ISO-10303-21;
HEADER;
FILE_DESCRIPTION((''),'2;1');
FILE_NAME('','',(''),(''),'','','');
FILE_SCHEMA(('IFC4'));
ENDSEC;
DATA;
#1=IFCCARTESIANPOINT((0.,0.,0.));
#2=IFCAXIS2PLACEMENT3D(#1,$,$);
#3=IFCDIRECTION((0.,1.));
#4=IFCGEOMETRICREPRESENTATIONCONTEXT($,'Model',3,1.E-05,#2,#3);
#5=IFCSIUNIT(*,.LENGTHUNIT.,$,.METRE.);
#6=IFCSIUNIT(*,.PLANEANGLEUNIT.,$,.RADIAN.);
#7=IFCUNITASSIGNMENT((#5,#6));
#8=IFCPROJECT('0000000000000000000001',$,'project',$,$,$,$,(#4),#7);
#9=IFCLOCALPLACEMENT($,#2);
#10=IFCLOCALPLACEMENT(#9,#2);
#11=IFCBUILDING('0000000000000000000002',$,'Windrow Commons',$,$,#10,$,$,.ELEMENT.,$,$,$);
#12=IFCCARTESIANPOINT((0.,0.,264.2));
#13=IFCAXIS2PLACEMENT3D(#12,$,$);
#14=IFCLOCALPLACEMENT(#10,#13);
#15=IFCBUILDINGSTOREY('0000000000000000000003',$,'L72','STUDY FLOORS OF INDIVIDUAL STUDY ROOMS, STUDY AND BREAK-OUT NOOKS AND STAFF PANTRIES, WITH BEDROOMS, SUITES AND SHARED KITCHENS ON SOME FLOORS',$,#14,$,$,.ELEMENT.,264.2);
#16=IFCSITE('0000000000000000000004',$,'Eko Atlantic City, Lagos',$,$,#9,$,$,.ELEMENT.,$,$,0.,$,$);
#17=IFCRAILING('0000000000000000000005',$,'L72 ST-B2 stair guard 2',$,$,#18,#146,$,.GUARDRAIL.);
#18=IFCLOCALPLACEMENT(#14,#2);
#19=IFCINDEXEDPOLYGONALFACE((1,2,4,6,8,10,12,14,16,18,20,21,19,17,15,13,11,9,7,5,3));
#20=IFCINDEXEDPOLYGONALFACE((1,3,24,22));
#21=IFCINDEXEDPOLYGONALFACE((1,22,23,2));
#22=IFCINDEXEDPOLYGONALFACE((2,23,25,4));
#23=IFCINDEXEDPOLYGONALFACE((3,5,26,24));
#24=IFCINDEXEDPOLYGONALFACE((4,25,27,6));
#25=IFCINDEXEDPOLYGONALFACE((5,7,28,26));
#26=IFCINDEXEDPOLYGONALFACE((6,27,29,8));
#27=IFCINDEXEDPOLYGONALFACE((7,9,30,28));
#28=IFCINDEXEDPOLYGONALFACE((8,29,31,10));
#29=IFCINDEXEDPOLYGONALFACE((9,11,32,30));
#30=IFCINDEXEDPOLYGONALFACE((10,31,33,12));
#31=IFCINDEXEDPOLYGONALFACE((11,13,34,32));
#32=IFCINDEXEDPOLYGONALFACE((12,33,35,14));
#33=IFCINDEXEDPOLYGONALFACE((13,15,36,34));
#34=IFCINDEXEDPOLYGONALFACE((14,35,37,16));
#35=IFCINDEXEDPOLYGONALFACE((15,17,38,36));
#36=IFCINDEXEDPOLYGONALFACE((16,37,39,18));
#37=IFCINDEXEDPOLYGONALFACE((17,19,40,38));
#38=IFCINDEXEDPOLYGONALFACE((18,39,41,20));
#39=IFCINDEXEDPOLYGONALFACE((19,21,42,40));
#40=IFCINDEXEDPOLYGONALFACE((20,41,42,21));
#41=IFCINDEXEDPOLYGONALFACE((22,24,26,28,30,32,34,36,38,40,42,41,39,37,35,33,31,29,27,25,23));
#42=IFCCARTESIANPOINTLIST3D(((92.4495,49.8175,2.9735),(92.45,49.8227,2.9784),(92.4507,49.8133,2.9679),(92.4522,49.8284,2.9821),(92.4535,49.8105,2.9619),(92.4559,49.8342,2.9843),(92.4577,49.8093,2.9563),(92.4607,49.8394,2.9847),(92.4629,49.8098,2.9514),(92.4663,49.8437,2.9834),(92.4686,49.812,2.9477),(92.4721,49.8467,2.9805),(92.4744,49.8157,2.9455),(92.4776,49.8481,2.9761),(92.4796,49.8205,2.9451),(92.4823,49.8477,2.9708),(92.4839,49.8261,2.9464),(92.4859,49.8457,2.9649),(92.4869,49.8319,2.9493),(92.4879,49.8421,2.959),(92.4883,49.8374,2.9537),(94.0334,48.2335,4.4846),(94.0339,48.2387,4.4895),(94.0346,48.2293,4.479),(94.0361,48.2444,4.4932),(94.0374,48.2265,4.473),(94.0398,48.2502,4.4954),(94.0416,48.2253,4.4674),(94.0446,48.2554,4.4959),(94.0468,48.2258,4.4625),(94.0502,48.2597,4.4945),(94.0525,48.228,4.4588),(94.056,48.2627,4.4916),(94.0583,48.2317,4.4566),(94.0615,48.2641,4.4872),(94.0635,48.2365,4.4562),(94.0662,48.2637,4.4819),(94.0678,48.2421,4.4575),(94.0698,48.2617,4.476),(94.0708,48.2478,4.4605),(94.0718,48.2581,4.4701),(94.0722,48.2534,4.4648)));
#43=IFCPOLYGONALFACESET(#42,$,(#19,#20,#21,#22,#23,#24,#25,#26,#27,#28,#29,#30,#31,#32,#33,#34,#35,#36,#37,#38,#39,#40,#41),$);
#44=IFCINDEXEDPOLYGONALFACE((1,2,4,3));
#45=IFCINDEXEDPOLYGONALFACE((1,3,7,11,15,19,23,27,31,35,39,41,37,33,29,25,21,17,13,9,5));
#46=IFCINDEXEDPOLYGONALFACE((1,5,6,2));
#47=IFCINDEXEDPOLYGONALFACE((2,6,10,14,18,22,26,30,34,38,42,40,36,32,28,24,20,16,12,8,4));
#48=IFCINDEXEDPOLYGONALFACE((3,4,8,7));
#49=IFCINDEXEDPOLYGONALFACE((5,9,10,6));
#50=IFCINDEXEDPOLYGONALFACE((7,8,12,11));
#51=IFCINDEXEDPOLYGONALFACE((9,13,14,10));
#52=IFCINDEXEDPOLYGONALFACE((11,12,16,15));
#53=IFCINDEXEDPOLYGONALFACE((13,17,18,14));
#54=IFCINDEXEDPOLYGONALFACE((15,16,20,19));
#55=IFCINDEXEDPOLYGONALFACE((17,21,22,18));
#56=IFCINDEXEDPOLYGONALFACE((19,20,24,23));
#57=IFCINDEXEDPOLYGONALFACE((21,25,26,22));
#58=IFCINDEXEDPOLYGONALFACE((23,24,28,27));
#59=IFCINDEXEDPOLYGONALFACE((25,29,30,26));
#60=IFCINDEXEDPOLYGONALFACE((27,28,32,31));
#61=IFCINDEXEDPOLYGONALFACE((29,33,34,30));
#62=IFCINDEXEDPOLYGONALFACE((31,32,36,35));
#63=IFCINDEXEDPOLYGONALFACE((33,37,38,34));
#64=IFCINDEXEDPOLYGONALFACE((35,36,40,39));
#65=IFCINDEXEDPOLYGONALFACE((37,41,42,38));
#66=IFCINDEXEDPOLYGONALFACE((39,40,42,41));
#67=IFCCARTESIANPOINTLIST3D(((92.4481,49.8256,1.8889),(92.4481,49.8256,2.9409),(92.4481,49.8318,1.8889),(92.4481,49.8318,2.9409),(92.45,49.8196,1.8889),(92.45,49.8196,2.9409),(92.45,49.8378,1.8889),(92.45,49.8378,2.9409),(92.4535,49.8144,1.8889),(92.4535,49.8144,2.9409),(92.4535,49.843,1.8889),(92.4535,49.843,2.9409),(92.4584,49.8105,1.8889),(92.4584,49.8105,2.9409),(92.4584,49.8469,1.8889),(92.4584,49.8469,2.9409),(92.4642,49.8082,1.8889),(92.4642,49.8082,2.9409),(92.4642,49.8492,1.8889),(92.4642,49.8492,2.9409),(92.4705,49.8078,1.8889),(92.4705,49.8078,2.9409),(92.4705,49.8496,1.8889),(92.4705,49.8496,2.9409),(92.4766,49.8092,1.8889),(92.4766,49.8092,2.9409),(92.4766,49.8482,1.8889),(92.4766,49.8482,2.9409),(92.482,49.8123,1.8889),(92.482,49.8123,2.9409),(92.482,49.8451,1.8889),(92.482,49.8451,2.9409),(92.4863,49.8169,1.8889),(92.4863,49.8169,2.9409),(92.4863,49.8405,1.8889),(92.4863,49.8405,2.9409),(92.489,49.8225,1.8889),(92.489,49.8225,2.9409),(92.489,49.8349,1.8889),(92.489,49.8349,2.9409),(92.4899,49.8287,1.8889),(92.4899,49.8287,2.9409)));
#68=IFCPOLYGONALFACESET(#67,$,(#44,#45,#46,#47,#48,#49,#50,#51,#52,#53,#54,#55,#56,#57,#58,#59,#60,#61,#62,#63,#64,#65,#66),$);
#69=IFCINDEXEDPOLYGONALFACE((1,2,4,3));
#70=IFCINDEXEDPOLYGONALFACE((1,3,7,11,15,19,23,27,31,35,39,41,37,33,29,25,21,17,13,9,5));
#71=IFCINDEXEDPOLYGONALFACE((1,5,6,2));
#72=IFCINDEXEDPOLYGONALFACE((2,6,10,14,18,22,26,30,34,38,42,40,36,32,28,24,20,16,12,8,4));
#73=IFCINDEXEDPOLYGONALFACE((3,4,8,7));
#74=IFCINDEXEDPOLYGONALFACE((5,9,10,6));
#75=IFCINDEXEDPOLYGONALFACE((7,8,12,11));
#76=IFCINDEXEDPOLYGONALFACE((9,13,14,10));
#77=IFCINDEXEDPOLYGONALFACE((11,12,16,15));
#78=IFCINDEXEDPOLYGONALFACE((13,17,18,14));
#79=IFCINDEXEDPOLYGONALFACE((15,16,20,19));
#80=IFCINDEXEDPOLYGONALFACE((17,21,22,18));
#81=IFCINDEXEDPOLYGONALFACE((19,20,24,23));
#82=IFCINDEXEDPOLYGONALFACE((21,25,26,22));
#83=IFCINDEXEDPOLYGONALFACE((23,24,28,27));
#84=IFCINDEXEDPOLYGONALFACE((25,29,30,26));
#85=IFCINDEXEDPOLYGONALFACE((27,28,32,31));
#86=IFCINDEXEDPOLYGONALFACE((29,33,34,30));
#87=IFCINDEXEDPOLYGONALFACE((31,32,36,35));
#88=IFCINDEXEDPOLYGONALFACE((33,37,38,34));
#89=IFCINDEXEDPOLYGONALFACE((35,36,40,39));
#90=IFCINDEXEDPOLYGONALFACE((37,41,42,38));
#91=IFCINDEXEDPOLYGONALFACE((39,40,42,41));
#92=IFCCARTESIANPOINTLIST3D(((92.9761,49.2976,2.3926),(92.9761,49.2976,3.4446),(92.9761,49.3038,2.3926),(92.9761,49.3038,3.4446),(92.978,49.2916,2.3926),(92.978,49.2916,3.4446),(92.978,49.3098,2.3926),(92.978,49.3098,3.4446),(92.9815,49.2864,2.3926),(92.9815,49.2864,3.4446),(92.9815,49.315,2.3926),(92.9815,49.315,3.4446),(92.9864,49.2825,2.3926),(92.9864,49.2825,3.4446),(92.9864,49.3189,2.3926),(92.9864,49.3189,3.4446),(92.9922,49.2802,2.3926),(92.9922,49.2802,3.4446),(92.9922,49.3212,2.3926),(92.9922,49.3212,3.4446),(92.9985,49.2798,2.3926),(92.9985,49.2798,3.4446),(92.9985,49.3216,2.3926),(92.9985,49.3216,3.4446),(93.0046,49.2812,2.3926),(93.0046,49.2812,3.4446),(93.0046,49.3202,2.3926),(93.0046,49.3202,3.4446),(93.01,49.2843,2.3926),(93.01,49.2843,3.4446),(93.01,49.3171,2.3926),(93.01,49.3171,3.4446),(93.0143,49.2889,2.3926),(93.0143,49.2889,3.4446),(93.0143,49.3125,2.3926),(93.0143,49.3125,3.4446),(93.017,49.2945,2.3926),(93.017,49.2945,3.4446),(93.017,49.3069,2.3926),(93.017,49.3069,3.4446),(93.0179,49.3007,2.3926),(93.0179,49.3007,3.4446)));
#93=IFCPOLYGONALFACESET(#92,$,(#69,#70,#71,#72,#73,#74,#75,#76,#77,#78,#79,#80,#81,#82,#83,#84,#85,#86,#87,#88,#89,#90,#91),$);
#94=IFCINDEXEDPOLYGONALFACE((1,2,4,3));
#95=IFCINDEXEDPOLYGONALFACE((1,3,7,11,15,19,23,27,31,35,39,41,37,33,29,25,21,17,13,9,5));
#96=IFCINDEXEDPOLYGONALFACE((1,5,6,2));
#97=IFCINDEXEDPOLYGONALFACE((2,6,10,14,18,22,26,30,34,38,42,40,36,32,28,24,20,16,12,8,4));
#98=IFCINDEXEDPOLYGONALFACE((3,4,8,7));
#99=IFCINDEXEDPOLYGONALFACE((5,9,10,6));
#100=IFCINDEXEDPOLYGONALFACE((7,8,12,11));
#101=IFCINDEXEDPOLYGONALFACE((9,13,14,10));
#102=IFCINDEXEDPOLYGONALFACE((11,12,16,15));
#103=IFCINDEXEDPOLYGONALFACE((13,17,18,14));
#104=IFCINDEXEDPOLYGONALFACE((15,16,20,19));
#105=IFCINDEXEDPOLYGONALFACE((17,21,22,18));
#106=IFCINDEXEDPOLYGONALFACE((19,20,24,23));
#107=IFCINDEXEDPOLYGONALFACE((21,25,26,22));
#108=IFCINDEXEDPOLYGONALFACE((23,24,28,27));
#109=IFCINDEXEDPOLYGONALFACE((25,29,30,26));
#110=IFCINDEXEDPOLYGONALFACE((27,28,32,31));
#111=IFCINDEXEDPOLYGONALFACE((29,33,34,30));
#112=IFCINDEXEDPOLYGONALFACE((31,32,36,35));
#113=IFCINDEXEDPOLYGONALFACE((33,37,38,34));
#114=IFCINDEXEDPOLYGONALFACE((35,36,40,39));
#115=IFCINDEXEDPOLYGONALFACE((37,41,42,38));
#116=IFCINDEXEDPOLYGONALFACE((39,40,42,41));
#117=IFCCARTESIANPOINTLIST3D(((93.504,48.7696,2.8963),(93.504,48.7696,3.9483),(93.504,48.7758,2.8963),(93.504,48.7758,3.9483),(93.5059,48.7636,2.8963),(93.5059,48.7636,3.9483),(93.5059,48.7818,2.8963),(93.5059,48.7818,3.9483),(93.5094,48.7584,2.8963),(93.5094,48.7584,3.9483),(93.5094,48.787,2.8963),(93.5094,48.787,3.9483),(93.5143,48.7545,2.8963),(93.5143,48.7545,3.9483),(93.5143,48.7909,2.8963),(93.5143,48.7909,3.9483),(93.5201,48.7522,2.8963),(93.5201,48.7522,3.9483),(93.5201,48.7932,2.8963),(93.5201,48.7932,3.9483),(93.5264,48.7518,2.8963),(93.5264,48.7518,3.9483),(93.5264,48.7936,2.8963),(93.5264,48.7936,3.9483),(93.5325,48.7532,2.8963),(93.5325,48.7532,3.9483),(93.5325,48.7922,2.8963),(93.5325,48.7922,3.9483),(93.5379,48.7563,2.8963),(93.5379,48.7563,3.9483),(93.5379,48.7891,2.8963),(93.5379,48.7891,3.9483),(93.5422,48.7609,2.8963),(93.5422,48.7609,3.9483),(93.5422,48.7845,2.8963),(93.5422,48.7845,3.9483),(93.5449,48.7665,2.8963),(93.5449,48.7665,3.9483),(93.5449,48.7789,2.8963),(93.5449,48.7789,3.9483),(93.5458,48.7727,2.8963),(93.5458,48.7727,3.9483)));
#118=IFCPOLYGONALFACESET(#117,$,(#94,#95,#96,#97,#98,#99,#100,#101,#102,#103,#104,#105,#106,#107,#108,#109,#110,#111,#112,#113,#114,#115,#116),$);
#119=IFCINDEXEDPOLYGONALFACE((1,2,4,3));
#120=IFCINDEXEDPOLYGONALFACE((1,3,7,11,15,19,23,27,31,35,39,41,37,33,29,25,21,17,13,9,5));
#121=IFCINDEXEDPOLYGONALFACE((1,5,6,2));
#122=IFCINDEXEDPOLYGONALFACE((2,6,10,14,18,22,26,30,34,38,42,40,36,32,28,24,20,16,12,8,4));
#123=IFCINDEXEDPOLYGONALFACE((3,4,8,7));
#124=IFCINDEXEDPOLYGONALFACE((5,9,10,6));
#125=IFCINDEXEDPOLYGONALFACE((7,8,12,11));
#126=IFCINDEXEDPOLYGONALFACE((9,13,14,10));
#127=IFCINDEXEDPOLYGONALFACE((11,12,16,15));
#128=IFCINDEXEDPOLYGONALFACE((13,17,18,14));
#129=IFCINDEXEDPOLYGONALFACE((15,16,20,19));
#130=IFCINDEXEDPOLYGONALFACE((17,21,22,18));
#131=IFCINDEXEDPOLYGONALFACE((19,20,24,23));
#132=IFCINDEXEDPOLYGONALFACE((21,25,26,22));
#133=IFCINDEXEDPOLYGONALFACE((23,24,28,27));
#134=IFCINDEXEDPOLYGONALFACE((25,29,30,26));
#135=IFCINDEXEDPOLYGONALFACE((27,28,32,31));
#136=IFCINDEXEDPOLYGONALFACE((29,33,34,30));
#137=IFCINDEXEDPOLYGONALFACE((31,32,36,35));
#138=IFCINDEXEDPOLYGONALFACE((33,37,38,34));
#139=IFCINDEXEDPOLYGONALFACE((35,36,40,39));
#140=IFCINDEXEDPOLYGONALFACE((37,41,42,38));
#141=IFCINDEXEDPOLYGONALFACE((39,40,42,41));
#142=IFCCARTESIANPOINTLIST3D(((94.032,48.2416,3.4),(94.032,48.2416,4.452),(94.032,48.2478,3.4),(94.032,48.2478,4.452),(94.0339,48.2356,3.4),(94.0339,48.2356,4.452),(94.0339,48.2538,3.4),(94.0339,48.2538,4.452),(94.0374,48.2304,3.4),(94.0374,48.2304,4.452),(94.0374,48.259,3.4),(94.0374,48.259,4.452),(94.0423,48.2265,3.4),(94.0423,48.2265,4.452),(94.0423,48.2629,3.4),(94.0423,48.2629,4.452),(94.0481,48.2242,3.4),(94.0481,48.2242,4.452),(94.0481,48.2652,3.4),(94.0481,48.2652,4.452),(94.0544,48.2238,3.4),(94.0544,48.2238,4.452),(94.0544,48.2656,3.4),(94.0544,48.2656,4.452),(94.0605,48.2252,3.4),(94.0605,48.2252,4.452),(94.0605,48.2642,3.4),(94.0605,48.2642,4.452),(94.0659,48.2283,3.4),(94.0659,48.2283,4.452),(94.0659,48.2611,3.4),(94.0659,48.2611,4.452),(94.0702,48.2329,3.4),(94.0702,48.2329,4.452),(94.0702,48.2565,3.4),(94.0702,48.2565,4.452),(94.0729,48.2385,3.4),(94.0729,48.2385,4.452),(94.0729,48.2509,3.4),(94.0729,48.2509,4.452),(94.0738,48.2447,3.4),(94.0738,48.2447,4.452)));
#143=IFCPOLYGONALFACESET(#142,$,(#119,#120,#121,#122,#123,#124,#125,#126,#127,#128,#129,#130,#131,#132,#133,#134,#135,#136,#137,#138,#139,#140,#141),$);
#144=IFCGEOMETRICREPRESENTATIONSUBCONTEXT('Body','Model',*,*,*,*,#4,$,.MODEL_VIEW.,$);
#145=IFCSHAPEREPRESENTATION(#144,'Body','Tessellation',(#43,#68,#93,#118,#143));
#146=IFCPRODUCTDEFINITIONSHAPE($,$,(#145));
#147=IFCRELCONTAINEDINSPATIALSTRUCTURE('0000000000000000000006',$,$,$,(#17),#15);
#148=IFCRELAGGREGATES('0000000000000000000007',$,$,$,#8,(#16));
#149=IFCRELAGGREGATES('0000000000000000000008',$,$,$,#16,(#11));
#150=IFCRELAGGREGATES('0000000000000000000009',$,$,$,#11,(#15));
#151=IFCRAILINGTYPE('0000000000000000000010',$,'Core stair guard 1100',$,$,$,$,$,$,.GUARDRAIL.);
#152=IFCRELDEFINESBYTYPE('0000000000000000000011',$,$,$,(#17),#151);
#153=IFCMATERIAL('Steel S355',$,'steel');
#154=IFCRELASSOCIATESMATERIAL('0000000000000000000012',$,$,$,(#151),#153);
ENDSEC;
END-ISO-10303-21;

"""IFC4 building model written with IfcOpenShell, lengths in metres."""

from ifc_helpers import new_model, si_unit, direction, frame, origin, origin_2d, place, context, subcontext, project, spatial, circle, extrude, material, type_object, element, save


model = new_model("IFC4")

# Units and contexts
model_context = context("Model", 3, precision=1e-05, world=origin(), true_north=direction((0.0, 1.0)))
body_context = subcontext(model_context, "Body", "Model", "MODEL_VIEW")
ifc_project = project(units=[si_unit("LENGTHUNIT", "METRE"), si_unit("PLANEANGLEUNIT", "RADIAN")], contexts=[model_context])

# Site, building, storey
site_placement = place(None, origin())
site = spatial("IfcSite", under=ifc_project, at=site_placement, Name="Eko Atlantic City, Lagos", CompositionType="ELEMENT", RefElevation=0.0)
building_placement = place(site_placement, origin())
building = spatial("IfcBuilding", under=site, at=building_placement, Name="Windrow Commons", CompositionType="ELEMENT")
storey_placement = place(building_placement, frame((0.0, 0.0, 264.2)))
storey = spatial("IfcBuildingStorey", under=building, at=storey_placement, Name="L72", Description="STUDY FLOORS OF INDIVIDUAL STUDY ROOMS, STUDY AND BREAK-OUT NOOKS AND STAFF PANTRIES, WITH BEDROOMS, SUITES AND SHARED KITCHENS ON SOME FLOORS", CompositionType="ELEMENT", Elevation=264.2)

# Railing
ifc_material_1 = material(Name="Steel S355", Category="steel")
railing_type_1 = type_object("IfcRailingType", Name="Core stair guard 1100", PredefinedType="GUARDRAIL", material=ifc_material_1)
railing_1_placement = place(storey_placement, frame((92.4689, 49.8287, 1.8889)))
element("IfcRailing", 1, at=railing_1_placement, inside=storey, type_object=railing_type_1, Name="L72 ST-B2 stair guard 2", PredefinedType="GUARDRAIL", context=body_context, shape_type="SweptSolid", body=[
    extrude(circle(Radius=0.024, at=origin_2d()), frame((0.0, 0.0, 1.076), z_axis=(0.586179, -0.586216, 0.559237), x_axis=(0.707129, 0.707084, 0.0)), (0.0, 0.0, 1.0), 2.7021),
    extrude(circle(Radius=0.021, at=origin_2d()), origin(), (0.0, 0.0, 1.0), 1.052),
    extrude(circle(Radius=0.021, at=origin_2d()), frame((0.528, -0.528, 0.5037)), (0.0, 0.0, 1.0), 1.052),
    extrude(circle(Radius=0.021, at=origin_2d()), frame((1.0559, -1.056, 1.0074)), (0.0, 0.0, 1.0), 1.052),
    extrude(circle(Radius=0.021, at=origin_2d()), frame((1.5839, -1.584, 1.5111)), (0.0, 0.0, 1.0), 1.052),
])

save(model, "model.ifc")
